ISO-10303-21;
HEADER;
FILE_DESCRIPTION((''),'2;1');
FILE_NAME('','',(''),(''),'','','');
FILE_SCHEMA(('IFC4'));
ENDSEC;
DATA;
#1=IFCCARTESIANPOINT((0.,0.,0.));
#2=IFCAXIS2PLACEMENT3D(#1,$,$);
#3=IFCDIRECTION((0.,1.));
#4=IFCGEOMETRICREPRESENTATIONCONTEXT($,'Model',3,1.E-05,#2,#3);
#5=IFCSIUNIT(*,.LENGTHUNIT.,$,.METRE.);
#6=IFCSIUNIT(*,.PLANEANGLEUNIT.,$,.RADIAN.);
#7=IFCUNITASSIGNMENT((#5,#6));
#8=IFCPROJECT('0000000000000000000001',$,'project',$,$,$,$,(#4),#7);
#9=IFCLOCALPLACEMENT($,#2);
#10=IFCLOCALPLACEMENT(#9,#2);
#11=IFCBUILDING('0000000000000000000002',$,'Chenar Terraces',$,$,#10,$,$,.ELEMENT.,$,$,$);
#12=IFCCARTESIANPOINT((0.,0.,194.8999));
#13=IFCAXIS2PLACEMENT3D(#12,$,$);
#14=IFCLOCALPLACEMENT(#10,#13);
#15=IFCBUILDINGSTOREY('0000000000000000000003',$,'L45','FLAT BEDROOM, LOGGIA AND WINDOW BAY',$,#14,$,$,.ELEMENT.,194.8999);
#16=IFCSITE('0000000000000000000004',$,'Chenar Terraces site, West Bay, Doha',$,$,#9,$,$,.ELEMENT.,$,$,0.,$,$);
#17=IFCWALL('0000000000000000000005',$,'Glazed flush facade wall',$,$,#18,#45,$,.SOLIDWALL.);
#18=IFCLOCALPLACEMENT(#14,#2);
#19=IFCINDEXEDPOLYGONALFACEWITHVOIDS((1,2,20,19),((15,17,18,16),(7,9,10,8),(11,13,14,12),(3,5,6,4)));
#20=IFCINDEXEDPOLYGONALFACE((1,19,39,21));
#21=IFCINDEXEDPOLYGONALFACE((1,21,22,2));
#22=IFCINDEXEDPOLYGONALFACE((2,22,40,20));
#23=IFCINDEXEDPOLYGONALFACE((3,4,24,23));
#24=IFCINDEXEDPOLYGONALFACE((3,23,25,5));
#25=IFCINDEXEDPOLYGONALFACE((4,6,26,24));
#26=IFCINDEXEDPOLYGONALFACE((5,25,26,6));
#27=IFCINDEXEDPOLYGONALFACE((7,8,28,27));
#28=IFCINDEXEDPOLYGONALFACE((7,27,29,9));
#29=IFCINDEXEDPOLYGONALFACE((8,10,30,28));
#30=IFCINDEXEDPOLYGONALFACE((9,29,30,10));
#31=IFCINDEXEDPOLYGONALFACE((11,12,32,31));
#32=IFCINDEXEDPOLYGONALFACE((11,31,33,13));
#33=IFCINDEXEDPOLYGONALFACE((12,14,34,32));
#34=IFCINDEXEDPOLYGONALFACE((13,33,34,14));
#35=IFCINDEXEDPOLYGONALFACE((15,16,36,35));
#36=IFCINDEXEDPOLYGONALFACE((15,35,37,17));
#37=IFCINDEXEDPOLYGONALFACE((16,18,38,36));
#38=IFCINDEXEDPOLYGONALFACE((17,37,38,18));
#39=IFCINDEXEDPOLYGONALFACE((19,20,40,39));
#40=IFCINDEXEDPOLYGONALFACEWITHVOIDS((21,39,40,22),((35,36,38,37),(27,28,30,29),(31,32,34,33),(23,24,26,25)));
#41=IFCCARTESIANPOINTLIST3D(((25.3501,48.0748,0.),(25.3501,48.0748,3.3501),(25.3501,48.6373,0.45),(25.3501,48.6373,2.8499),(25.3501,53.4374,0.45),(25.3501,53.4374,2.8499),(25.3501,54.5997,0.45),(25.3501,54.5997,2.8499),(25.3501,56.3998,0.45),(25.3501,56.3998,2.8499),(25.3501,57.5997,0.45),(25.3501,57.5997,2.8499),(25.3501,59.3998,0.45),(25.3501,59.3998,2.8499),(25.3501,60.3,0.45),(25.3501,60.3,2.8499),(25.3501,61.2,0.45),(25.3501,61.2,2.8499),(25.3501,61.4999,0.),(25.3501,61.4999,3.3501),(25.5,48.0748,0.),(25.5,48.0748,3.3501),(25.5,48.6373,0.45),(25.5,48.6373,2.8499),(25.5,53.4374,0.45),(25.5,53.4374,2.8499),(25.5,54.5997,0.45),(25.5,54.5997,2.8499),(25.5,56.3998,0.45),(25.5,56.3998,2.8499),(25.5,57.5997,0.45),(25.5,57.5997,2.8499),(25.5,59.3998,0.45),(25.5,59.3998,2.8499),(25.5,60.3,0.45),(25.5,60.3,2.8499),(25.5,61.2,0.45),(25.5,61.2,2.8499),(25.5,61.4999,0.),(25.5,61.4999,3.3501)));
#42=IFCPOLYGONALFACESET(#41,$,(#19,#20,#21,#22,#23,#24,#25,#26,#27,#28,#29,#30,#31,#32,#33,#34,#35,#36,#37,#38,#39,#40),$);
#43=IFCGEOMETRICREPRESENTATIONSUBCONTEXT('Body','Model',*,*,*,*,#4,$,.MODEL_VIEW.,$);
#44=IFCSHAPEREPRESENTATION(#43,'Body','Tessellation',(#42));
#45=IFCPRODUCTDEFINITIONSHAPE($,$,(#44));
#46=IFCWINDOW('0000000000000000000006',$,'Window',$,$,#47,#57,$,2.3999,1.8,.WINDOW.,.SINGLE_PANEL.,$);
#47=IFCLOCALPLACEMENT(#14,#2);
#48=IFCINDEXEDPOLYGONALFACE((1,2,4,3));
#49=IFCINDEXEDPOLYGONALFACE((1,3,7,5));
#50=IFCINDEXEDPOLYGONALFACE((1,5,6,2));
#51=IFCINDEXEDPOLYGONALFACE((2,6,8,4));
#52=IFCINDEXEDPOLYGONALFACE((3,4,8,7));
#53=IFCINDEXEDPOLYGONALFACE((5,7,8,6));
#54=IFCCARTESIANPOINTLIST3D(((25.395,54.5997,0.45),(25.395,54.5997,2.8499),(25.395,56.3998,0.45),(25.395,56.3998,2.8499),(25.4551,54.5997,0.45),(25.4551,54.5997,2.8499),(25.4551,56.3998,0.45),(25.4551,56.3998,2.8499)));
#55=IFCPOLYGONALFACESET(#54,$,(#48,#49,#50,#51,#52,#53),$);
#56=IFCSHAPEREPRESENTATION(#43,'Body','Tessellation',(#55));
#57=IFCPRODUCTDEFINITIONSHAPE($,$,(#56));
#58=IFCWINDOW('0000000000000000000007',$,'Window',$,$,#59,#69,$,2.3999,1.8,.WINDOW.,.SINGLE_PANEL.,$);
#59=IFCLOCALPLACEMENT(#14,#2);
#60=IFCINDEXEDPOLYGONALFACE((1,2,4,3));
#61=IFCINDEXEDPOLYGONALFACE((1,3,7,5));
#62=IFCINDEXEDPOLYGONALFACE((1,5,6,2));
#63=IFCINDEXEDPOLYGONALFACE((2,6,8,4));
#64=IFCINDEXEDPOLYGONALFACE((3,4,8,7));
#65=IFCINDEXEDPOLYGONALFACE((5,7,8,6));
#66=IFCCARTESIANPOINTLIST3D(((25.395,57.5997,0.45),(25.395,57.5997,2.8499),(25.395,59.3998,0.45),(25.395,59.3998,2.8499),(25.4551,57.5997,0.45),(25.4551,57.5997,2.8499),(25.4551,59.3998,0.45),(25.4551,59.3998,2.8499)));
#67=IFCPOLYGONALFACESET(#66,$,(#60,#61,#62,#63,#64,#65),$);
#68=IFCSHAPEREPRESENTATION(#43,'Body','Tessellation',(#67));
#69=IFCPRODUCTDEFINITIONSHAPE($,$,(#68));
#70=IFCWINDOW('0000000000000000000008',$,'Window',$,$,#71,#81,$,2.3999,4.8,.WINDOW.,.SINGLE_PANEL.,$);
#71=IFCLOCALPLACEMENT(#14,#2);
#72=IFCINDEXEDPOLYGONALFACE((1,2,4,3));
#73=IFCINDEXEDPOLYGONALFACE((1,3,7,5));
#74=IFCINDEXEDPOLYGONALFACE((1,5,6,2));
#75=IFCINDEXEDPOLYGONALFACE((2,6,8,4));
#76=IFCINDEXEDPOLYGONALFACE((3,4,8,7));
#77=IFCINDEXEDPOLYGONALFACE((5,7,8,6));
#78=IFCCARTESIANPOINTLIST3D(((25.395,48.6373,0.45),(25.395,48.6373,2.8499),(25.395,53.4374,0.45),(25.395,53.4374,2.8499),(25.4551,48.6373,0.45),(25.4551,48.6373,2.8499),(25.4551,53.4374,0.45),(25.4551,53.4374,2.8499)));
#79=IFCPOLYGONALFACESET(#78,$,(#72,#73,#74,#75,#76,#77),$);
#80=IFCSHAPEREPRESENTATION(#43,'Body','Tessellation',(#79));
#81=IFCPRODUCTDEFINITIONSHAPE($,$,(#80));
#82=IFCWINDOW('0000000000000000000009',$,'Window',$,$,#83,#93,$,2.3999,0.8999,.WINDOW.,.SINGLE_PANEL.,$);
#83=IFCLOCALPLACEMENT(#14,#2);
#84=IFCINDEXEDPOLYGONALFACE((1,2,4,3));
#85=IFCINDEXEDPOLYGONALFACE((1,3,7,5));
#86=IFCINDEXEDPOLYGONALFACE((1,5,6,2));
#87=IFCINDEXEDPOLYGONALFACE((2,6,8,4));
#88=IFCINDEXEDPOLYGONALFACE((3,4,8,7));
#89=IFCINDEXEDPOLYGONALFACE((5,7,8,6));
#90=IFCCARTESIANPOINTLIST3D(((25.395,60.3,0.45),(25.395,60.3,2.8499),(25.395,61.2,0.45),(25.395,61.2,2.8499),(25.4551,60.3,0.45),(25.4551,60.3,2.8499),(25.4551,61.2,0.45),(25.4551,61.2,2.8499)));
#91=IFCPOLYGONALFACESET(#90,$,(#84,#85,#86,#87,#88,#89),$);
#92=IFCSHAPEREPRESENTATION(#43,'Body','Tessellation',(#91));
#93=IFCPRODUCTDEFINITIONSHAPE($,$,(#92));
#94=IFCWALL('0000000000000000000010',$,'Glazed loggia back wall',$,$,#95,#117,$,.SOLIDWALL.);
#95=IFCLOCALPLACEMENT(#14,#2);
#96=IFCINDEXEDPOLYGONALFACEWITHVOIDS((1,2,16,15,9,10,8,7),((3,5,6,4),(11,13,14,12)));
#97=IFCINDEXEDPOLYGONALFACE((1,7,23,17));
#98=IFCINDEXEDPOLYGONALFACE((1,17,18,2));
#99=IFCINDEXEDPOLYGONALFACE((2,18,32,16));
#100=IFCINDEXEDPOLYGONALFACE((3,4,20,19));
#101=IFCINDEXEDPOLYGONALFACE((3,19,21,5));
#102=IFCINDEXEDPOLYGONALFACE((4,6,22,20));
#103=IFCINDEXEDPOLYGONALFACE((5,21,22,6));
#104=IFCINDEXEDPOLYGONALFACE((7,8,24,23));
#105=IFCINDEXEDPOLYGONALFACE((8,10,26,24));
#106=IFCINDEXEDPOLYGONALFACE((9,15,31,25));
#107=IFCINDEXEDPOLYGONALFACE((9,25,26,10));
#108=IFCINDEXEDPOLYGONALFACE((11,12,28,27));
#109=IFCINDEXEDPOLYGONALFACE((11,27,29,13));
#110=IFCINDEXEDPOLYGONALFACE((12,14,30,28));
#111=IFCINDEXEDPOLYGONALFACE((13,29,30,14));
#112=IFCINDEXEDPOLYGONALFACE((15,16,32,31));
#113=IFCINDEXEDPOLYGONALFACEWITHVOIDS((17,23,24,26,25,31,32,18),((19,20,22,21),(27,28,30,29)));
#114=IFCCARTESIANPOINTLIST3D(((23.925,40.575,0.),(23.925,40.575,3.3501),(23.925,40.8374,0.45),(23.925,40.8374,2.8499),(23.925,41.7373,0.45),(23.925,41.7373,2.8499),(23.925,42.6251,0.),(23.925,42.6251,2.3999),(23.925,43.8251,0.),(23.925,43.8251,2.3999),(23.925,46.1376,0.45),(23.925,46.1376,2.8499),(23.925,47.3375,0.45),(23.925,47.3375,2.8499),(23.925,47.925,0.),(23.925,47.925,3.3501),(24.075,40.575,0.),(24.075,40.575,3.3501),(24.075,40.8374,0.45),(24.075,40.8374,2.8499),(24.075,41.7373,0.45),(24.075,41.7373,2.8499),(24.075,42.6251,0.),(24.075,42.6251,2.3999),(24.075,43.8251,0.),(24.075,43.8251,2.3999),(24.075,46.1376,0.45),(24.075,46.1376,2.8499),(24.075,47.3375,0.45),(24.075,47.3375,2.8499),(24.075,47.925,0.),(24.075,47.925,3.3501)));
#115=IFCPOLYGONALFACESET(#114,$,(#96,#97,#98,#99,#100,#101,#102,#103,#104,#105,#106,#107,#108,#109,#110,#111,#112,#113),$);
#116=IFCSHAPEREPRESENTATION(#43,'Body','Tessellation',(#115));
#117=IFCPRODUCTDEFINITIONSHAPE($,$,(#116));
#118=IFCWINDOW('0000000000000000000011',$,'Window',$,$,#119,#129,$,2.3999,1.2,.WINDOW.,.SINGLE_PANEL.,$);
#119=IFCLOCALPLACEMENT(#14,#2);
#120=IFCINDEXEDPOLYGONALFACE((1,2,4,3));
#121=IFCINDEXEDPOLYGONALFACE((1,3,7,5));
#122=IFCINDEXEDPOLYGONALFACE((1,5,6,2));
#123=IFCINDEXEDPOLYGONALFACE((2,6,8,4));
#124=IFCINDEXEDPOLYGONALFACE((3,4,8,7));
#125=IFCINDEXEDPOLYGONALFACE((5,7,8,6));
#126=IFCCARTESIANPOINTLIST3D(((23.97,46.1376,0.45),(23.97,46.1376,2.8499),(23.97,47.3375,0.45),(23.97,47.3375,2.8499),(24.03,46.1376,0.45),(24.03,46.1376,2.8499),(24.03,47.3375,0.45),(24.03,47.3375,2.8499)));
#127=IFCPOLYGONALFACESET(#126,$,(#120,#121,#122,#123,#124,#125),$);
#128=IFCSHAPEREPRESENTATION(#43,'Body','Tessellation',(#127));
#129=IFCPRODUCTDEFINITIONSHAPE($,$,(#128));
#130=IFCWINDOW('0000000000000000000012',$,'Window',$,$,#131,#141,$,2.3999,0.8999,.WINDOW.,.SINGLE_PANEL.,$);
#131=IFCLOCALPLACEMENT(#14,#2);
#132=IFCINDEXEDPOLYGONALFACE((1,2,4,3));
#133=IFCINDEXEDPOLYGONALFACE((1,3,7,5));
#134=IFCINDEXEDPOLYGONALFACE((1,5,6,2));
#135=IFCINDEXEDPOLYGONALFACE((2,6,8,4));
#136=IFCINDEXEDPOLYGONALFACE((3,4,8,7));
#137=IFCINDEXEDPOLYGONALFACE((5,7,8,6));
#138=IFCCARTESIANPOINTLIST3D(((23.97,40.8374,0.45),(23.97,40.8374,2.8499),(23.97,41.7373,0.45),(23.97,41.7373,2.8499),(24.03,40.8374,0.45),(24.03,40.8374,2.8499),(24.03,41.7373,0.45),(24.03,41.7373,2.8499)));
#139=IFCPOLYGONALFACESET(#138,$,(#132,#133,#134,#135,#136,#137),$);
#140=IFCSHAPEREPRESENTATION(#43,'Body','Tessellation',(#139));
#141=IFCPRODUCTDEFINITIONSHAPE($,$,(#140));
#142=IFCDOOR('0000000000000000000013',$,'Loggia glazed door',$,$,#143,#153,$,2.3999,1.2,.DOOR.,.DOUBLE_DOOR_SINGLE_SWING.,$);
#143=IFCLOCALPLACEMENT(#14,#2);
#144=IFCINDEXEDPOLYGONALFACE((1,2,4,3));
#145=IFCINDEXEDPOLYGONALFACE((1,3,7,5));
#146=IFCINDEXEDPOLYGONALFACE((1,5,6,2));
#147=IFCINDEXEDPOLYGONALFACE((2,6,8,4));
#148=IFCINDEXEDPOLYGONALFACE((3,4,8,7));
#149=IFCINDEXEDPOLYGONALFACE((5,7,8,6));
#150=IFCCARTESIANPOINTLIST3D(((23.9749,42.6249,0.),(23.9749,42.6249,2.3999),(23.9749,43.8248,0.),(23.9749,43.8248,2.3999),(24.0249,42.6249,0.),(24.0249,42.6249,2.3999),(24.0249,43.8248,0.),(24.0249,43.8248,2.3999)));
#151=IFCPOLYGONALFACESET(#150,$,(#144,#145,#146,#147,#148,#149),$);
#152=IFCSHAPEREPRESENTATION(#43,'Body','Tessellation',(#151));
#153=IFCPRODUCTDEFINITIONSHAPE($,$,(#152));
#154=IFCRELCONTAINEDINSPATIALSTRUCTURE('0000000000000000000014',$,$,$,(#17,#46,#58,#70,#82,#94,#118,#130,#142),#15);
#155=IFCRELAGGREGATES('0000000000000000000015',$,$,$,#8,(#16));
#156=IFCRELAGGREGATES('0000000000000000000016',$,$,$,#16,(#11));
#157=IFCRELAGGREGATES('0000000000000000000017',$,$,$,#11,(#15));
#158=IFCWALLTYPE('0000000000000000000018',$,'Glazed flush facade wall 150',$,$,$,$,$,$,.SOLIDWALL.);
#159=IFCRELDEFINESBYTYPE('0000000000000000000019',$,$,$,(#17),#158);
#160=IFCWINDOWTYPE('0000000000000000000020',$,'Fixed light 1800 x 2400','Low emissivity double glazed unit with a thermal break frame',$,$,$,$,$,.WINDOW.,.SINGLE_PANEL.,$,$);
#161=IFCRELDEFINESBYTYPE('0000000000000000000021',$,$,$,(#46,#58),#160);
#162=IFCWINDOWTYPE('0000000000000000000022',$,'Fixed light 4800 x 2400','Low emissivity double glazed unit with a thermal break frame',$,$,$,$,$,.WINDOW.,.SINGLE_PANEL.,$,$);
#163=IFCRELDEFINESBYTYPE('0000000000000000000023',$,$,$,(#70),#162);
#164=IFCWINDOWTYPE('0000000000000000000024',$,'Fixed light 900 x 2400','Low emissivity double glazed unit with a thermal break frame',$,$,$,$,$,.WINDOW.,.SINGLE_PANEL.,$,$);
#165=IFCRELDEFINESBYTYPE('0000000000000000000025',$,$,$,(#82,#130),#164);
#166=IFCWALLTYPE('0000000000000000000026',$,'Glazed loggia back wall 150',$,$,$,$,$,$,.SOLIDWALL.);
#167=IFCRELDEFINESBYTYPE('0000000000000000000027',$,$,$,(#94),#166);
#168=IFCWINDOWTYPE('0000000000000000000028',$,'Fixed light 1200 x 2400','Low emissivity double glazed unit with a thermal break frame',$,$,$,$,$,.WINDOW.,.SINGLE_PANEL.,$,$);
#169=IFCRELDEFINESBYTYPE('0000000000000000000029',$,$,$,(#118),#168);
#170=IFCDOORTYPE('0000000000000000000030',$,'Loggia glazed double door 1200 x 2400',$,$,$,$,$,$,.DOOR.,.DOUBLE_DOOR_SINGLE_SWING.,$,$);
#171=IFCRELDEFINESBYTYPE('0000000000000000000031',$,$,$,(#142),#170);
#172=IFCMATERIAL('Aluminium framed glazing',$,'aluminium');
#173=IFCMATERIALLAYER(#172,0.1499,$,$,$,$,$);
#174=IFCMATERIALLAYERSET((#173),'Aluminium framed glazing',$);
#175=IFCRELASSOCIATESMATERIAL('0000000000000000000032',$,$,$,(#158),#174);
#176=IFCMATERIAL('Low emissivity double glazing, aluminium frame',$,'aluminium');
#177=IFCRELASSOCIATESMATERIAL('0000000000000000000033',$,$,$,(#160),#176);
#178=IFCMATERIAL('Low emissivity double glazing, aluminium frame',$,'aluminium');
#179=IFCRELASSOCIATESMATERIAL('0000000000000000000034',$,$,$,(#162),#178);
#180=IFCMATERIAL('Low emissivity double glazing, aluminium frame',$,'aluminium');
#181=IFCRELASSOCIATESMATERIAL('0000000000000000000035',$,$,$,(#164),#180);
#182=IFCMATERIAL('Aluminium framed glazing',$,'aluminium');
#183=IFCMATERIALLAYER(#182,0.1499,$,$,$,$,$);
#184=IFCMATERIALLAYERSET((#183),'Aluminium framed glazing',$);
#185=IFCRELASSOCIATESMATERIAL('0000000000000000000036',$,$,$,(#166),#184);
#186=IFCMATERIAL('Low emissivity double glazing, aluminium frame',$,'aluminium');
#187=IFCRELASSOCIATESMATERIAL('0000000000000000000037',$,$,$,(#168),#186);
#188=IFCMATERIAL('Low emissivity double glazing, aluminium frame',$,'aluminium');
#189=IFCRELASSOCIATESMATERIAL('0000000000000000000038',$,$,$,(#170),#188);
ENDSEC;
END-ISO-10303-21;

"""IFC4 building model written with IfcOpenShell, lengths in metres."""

from ifc_helpers import new_model, si_unit, direction, frame, frame_2d, origin, place, context, subcontext, project, spatial, rectangle, extrude, material, layer, layer_set, type_object, element, fill, save


model = new_model("IFC4")

# Units and contexts
model_context = context("Model", 3, precision=1e-05, world=origin(), true_north=direction((0.0, 1.0)))
body_context = subcontext(model_context, "Body", "Model", "MODEL_VIEW")
ifc_project = project(units=[si_unit("LENGTHUNIT", "METRE"), si_unit("PLANEANGLEUNIT", "RADIAN")], contexts=[model_context])

# Site, building, storey
site_placement = place(None, origin())
site = spatial("IfcSite", under=ifc_project, at=site_placement, Name="Chenar Terraces site, West Bay, Doha", CompositionType="ELEMENT", RefElevation=0.0)
building_placement = place(site_placement, origin())
building = spatial("IfcBuilding", under=site, at=building_placement, Name="Chenar Terraces", CompositionType="ELEMENT")
storey_placement = place(building_placement, frame((0.0, 0.0, 194.8999)))
storey = spatial("IfcBuildingStorey", under=building, at=storey_placement, Name="L45", Description="FLAT BEDROOM, LOGGIA AND WINDOW BAY", CompositionType="ELEMENT", Elevation=194.8999)

# Wall, openings, windows
ifc_material_1 = material(Name="Aluminium framed glazing", Category="aluminium")
ifc_layer_1 = layer(ifc_material_1, 0.1499)
ifc_layer_set_1 = layer_set([ifc_layer_1], Name="Aluminium framed glazing")
wall_type_1 = type_object("IfcWallType", Name="Glazed flush facade wall 150", PredefinedType="SOLIDWALL", material=ifc_layer_set_1)
wall_1_placement = place(storey_placement, frame((25.425, 48.075, 0.0), z_axis=(0.0, 0.0, 1.0), x_axis=(0.0, 1.0, 0.0)))
wall_1 = element("IfcWall", 1, at=wall_1_placement, inside=storey, type_object=wall_type_1, Name="Glazed flush facade wall", PredefinedType="SOLIDWALL", context=body_context, shape_type="SweptSolid", body=[
    extrude(rectangle(XDim=13.425, YDim=0.1499, at=frame_2d((6.7124, 0.0))), origin(), (0.0, 0.0, 1.0), 3.3501),
])
opening_1_placement = place(wall_1_placement, frame((0.5625, 0.0, 0.45)))
opening_1 = element("IfcOpeningElement", 2, at=opening_1_placement, cuts=wall_1, PredefinedType="OPENING", context=body_context, shape_type="SweptSolid", body=[
    extrude(rectangle(XDim=4.8, YDim=2.3999, at=frame_2d((2.3999, 1.2))), frame((0.0, 0.085, 0.0), z_axis=(0.0, -1.0, 0.0), x_axis=(1.0, 0.0, 0.0)), (0.0, 0.0, 1.0), 0.1699),
])
opening_2_placement = place(wall_1_placement, frame((6.5249, 0.0, 0.45)))
opening_2 = element("IfcOpeningElement", 3, at=opening_2_placement, cuts=wall_1, PredefinedType="OPENING", context=body_context, shape_type="SweptSolid", body=[
    extrude(rectangle(XDim=1.8, YDim=2.3999, at=frame_2d((0.8999, 1.2))), frame((0.0, 0.085, 0.0), z_axis=(0.0, -1.0, 0.0), x_axis=(1.0, 0.0, 0.0)), (0.0, 0.0, 1.0), 0.1699),
])
opening_3_placement = place(wall_1_placement, frame((9.5249, 0.0, 0.45)))
opening_3 = element("IfcOpeningElement", 4, at=opening_3_placement, cuts=wall_1, PredefinedType="OPENING", context=body_context, shape_type="SweptSolid", body=[
    extrude(rectangle(XDim=1.8, YDim=2.3999, at=frame_2d((0.8999, 1.2))), frame((0.0, 0.085, 0.0), z_axis=(0.0, -1.0, 0.0), x_axis=(1.0, 0.0, 0.0)), (0.0, 0.0, 1.0), 0.1699),
])
opening_4_placement = place(wall_1_placement, frame((12.2251, 0.0, 0.45)))
opening_4 = element("IfcOpeningElement", 5, at=opening_4_placement, cuts=wall_1, PredefinedType="OPENING", context=body_context, shape_type="SweptSolid", body=[
    extrude(rectangle(XDim=0.8999, YDim=2.3999, at=frame_2d((0.45, 1.2))), frame((0.0, 0.085, 0.0), z_axis=(0.0, -1.0, 0.0), x_axis=(1.0, 0.0, 0.0)), (0.0, 0.0, 1.0), 0.1699),
])
ifc_material_2 = material(Name="Low emissivity double glazing, aluminium frame", Category="aluminium")
window_type_1 = type_object("IfcWindowType", Name="Fixed light 1800 x 2400", Description="Low emissivity double glazed unit with a thermal break frame", PartitioningType="SINGLE_PANEL", PredefinedType="WINDOW", material=ifc_material_2)
window_1_placement = place(opening_2_placement, origin())
window_1 = element("IfcWindow", 6, at=window_1_placement, inside=storey, type_object=window_type_1, Name="Window", OverallHeight=2.3999, OverallWidth=1.8, PartitioningType="SINGLE_PANEL", PredefinedType="WINDOW", context=body_context, shape_type="SweptSolid", body=[
    extrude(rectangle(XDim=1.8, YDim=2.3999, at=frame_2d((0.8999, 1.2))), frame((0.0, 0.03, 0.0), z_axis=(0.0, -1.0, 0.0), x_axis=(1.0, 0.0, 0.0)), (0.0, 0.0, 1.0), 0.0601),
])
fill(opening_2, window_1)
window_2_placement = place(opening_3_placement, origin())
window_2 = element("IfcWindow", 7, at=window_2_placement, inside=storey, type_object=window_type_1, Name="Window", OverallHeight=2.3999, OverallWidth=1.8, PartitioningType="SINGLE_PANEL", PredefinedType="WINDOW", context=body_context, shape_type="SweptSolid", body=[
    extrude(rectangle(XDim=1.8, YDim=2.3999, at=frame_2d((0.8999, 1.2))), frame((0.0, 0.03, 0.0), z_axis=(0.0, -1.0, 0.0), x_axis=(1.0, 0.0, 0.0)), (0.0, 0.0, 1.0), 0.0601),
])
fill(opening_3, window_2)
ifc_material_3 = material(Name="Low emissivity double glazing, aluminium frame", Category="aluminium")
window_type_2 = type_object("IfcWindowType", Name="Fixed light 4800 x 2400", Description="Low emissivity double glazed unit with a thermal break frame", PartitioningType="SINGLE_PANEL", PredefinedType="WINDOW", material=ifc_material_3)
window_3_placement = place(opening_1_placement, origin())
window_3 = element("IfcWindow", 8, at=window_3_placement, inside=storey, type_object=window_type_2, Name="Window", OverallHeight=2.3999, OverallWidth=4.8, PartitioningType="SINGLE_PANEL", PredefinedType="WINDOW", context=body_context, shape_type="SweptSolid", body=[
    extrude(rectangle(XDim=4.8, YDim=2.3999, at=frame_2d((2.3999, 1.2))), frame((0.0, 0.03, 0.0), z_axis=(0.0, -1.0, 0.0), x_axis=(1.0, 0.0, 0.0)), (0.0, 0.0, 1.0), 0.0601),
])
fill(opening_1, window_3)
ifc_material_4 = material(Name="Low emissivity double glazing, aluminium frame", Category="aluminium")
window_type_3 = type_object("IfcWindowType", Name="Fixed light 900 x 2400", Description="Low emissivity double glazed unit with a thermal break frame", PartitioningType="SINGLE_PANEL", PredefinedType="WINDOW", material=ifc_material_4)
window_4_placement = place(opening_4_placement, origin())
window_4 = element("IfcWindow", 9, at=window_4_placement, inside=storey, type_object=window_type_3, Name="Window", OverallHeight=2.3999, OverallWidth=0.8999, PartitioningType="SINGLE_PANEL", PredefinedType="WINDOW", context=body_context, shape_type="SweptSolid", body=[
    extrude(rectangle(XDim=0.8999, YDim=2.3999, at=frame_2d((0.45, 1.2))), frame((0.0, 0.03, 0.0), z_axis=(0.0, -1.0, 0.0), x_axis=(1.0, 0.0, 0.0)), (0.0, 0.0, 1.0), 0.0601),
])
fill(opening_4, window_4)

# Wall, openings, windows, door
ifc_material_5 = material(Name="Aluminium framed glazing", Category="aluminium")
ifc_layer_2 = layer(ifc_material_5, 0.1499)
ifc_layer_set_2 = layer_set([ifc_layer_2], Name="Aluminium framed glazing")
wall_type_2 = type_object("IfcWallType", Name="Glazed loggia back wall 150", PredefinedType="SOLIDWALL", material=ifc_layer_set_2)
wall_2_placement = place(storey_placement, frame((24.0, 40.575, 0.0), z_axis=(0.0, 0.0, 1.0), x_axis=(0.0, 1.0, 0.0)))
wall_2 = element("IfcWall", 10, at=wall_2_placement, inside=storey, type_object=wall_type_2, Name="Glazed loggia back wall", PredefinedType="SOLIDWALL", context=body_context, shape_type="SweptSolid", body=[
    extrude(rectangle(XDim=7.3501, YDim=0.1499, at=frame_2d((3.675, 0.0))), origin(), (0.0, 0.0, 1.0), 3.3501),
])
opening_5_placement = place(wall_2_placement, frame((0.2625, 0.0, 0.45)))
opening_5 = element("IfcOpeningElement", 11, at=opening_5_placement, cuts=wall_2, PredefinedType="OPENING", context=body_context, shape_type="SweptSolid", body=[
    extrude(rectangle(XDim=0.8999, YDim=2.3999, at=frame_2d((0.45, 1.2))), frame((0.0, 0.085, 0.0), z_axis=(0.0, -1.0, 0.0), x_axis=(1.0, 0.0, 0.0)), (0.0, 0.0, 1.0), 0.1699),
])
opening_6_placement = place(wall_2_placement, frame((2.05, 0.0, 0.0)))
opening_6 = element("IfcOpeningElement", 12, at=opening_6_placement, cuts=wall_2, PredefinedType="OPENING", context=body_context, shape_type="SweptSolid", body=[
    extrude(rectangle(XDim=1.2, YDim=2.3999, at=frame_2d((0.6001, 1.2))), frame((0.0, 0.085, 0.0), z_axis=(0.0, -1.0, 0.0), x_axis=(1.0, 0.0, 0.0)), (0.0, 0.0, 1.0), 0.1699),
])
opening_7_placement = place(wall_2_placement, frame((5.5625, 0.0, 0.45)))
opening_7 = element("IfcOpeningElement", 13, at=opening_7_placement, cuts=wall_2, PredefinedType="OPENING", context=body_context, shape_type="SweptSolid", body=[
    extrude(rectangle(XDim=1.2, YDim=2.3999, at=frame_2d((0.6001, 1.2))), frame((0.0, 0.085, 0.0), z_axis=(0.0, -1.0, 0.0), x_axis=(1.0, 0.0, 0.0)), (0.0, 0.0, 1.0), 0.1699),
])
ifc_material_6 = material(Name="Low emissivity double glazing, aluminium frame", Category="aluminium")
window_type_4 = type_object("IfcWindowType", Name="Fixed light 1200 x 2400", Description="Low emissivity double glazed unit with a thermal break frame", PartitioningType="SINGLE_PANEL", PredefinedType="WINDOW", material=ifc_material_6)
window_5_placement = place(opening_7_placement, origin())
window_5 = element("IfcWindow", 14, at=window_5_placement, inside=storey, type_object=window_type_4, Name="Window", OverallHeight=2.3999, OverallWidth=1.2, PartitioningType="SINGLE_PANEL", PredefinedType="WINDOW", context=body_context, shape_type="SweptSolid", body=[
    extrude(rectangle(XDim=1.2, YDim=2.3999, at=frame_2d((0.6001, 1.2))), frame((0.0, 0.03, 0.0), z_axis=(0.0, -1.0, 0.0), x_axis=(1.0, 0.0, 0.0)), (0.0, 0.0, 1.0), 0.0601),
])
fill(opening_7, window_5)
window_6_placement = place(opening_5_placement, origin())
window_6 = element("IfcWindow", 15, at=window_6_placement, inside=storey, type_object=window_type_3, Name="Window", OverallHeight=2.3999, OverallWidth=0.8999, PartitioningType="SINGLE_PANEL", PredefinedType="WINDOW", context=body_context, shape_type="SweptSolid", body=[
    extrude(rectangle(XDim=0.8999, YDim=2.3999, at=frame_2d((0.45, 1.2))), frame((0.0, 0.03, 0.0), z_axis=(0.0, -1.0, 0.0), x_axis=(1.0, 0.0, 0.0)), (0.0, 0.0, 1.0), 0.0601),
])
fill(opening_5, window_6)
ifc_material_7 = material(Name="Low emissivity double glazing, aluminium frame", Category="aluminium")
door_type = type_object("IfcDoorType", Name="Loggia glazed double door 1200 x 2400", OperationType="DOUBLE_DOOR_SINGLE_SWING", PredefinedType="DOOR", material=ifc_material_7)
door_placement = place(opening_6_placement, frame((1.2, 0.0, 0.0), z_axis=(0.0, 0.0, 1.0), x_axis=(-1.0, 0.0, 0.0)))
door = element("IfcDoor", 16, at=door_placement, inside=storey, type_object=door_type, Name="Loggia glazed door", OperationType="DOUBLE_DOOR_SINGLE_SWING", OverallHeight=2.3999, OverallWidth=1.2, PredefinedType="DOOR", context=body_context, shape_type="SweptSolid", body=[
    extrude(rectangle(XDim=1.2, YDim=2.3999, at=frame_2d((0.6001, 1.2))), frame((0.0, 0.0249, 0.0), z_axis=(0.0, -1.0, 0.0), x_axis=(1.0, 0.0, 0.0)), (0.0, 0.0, 1.0), 0.05),
])
fill(opening_6, door)

save(model, "model.ifc")
